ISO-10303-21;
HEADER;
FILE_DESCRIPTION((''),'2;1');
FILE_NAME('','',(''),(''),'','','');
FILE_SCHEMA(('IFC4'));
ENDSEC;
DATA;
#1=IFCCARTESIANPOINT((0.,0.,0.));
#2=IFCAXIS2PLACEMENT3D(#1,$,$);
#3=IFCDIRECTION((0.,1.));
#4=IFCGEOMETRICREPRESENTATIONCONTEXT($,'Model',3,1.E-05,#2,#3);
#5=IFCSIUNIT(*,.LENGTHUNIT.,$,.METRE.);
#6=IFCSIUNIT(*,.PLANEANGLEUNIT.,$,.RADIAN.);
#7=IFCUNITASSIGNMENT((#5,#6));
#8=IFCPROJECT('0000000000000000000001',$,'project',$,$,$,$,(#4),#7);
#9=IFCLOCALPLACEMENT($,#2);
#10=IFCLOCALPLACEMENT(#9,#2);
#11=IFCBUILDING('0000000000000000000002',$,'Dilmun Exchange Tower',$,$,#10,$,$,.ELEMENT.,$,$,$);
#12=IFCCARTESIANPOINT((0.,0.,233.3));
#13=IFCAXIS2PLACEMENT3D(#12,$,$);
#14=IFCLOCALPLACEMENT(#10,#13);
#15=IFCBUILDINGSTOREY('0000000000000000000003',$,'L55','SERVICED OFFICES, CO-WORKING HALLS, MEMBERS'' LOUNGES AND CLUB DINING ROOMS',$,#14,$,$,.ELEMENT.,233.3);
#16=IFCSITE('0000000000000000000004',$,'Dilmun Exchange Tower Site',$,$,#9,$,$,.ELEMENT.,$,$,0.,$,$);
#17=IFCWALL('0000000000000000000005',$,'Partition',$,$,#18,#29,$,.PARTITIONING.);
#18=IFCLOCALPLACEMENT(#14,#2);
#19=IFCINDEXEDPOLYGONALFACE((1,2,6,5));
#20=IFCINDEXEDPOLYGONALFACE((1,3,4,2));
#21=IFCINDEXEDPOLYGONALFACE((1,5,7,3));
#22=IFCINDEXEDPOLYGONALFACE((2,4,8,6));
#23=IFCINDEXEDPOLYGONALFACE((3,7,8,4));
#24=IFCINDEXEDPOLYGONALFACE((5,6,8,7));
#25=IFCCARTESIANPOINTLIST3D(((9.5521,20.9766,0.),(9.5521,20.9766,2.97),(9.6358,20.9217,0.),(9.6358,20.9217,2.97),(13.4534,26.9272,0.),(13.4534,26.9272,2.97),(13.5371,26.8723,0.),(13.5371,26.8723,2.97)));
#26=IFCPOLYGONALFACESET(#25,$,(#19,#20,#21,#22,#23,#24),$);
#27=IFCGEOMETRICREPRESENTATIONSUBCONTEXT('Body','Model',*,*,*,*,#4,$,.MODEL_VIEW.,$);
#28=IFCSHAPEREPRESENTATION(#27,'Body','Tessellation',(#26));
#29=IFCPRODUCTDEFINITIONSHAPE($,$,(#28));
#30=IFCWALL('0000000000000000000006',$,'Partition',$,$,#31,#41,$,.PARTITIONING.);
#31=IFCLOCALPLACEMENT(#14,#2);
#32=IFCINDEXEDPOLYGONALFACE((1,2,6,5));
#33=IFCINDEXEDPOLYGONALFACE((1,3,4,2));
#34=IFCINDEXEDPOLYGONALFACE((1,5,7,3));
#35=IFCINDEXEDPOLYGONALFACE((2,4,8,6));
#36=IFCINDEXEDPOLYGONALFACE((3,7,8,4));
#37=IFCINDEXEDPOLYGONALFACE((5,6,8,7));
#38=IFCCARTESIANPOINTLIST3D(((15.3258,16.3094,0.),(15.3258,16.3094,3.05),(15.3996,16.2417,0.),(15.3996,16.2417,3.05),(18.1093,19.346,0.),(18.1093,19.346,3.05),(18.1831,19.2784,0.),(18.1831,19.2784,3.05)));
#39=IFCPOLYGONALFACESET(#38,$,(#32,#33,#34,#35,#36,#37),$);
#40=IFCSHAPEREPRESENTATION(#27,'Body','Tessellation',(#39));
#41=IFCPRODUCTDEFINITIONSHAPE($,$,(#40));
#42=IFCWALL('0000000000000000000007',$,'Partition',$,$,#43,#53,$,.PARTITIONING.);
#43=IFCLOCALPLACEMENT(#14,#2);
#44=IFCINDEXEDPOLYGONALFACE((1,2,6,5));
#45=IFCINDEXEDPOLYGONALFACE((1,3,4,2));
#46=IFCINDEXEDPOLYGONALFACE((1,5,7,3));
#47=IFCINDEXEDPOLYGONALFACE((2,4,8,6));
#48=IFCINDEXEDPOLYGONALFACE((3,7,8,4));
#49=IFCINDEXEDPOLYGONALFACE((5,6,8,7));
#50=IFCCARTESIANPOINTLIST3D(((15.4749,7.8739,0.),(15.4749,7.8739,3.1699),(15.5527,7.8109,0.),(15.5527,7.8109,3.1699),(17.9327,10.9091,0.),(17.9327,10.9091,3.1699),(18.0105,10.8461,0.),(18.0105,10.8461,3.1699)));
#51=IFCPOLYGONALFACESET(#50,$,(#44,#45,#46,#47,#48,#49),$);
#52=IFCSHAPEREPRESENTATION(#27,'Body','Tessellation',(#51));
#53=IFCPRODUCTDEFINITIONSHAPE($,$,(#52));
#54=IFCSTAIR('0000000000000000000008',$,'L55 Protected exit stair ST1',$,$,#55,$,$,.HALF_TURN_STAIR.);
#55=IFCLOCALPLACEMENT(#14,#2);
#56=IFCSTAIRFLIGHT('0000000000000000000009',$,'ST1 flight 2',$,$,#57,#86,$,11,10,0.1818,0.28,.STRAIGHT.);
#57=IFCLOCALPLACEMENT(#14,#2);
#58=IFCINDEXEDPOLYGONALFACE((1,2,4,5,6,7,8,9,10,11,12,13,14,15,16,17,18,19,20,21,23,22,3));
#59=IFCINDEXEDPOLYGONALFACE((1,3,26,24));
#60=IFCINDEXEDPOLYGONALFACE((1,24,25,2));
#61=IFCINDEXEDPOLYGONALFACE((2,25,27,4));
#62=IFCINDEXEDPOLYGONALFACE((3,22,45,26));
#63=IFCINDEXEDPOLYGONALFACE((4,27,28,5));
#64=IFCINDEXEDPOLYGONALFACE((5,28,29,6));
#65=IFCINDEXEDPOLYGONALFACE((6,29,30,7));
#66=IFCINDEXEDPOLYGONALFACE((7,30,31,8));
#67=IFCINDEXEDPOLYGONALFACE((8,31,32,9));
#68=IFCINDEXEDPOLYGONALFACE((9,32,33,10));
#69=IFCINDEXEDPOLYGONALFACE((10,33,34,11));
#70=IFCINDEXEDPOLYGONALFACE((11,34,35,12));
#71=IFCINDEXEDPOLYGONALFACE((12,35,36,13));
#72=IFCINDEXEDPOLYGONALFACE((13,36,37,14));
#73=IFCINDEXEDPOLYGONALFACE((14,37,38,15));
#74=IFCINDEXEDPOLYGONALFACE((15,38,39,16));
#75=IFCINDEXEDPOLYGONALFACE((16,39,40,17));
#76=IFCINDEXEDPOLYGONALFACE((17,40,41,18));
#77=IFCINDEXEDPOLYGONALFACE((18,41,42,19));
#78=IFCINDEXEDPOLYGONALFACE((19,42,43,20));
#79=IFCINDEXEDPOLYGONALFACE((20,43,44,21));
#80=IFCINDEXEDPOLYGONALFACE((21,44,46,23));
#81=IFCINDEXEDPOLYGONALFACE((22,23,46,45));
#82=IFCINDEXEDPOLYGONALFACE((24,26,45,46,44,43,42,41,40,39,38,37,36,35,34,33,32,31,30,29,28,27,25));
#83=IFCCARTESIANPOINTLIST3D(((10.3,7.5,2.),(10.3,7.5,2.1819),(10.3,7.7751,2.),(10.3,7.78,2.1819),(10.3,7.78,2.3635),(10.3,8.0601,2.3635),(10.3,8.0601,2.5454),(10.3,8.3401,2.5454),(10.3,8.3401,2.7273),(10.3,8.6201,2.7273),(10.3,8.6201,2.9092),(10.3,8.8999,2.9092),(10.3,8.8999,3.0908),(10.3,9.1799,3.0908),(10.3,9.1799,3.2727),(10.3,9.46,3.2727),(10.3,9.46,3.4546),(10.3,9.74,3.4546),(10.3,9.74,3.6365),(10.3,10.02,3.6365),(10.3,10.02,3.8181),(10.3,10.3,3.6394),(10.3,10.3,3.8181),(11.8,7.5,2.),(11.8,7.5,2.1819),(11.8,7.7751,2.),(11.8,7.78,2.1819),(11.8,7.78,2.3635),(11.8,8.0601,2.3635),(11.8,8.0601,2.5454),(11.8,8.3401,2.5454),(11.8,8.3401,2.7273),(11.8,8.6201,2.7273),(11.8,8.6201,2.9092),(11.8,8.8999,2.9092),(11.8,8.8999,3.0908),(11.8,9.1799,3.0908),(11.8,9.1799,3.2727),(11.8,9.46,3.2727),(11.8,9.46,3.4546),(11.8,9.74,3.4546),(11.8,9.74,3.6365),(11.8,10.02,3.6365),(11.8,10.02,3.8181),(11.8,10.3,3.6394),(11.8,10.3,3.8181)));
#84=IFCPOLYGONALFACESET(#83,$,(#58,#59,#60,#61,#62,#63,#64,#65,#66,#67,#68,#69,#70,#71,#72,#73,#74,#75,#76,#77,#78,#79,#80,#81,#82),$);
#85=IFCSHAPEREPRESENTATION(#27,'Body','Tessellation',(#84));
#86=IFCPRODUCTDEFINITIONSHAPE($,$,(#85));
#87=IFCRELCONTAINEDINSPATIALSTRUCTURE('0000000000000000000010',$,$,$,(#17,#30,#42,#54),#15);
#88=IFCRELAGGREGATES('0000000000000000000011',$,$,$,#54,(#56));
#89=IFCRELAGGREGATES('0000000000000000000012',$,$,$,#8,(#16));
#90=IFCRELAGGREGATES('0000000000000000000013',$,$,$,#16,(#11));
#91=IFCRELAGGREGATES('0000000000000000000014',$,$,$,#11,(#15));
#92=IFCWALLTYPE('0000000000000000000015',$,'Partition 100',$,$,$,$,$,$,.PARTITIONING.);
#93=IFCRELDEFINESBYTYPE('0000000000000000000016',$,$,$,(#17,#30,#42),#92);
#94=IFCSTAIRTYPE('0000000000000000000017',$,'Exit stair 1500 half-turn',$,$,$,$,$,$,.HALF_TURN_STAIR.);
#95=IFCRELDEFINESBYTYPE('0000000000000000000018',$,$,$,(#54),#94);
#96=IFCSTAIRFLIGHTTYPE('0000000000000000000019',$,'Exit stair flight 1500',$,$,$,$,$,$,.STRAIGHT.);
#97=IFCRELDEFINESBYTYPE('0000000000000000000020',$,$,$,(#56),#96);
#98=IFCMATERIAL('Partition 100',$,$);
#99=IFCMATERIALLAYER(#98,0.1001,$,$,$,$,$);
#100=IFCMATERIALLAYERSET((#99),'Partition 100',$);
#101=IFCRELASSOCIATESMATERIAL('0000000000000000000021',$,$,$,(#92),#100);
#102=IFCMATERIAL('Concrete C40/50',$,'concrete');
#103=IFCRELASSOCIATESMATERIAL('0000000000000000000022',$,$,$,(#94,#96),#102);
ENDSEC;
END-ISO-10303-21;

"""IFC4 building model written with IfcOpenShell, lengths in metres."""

from ifc_helpers import new_model, si_unit, direction, frame, frame_2d, origin, place, context, subcontext, project, spatial, polyline, rectangle, outline, extrude, material, layer, layer_set, type_object, element, aggregate, save


model = new_model("IFC4")

# Units and contexts
model_context = context("Model", 3, precision=1e-05, world=origin(), true_north=direction((0.0, 1.0)))
body_context = subcontext(model_context, "Body", "Model", "MODEL_VIEW")
ifc_project = project(units=[si_unit("LENGTHUNIT", "METRE"), si_unit("PLANEANGLEUNIT", "RADIAN")], contexts=[model_context])

# Site, building, storey
site_placement = place(None, origin())
site = spatial("IfcSite", under=ifc_project, at=site_placement, Name="Dilmun Exchange Tower Site", CompositionType="ELEMENT", RefElevation=0.0)
building_placement = place(site_placement, origin())
building = spatial("IfcBuilding", under=site, at=building_placement, Name="Dilmun Exchange Tower", CompositionType="ELEMENT")
storey_placement = place(building_placement, frame((0.0, 0.0, 233.3)))
storey = spatial("IfcBuildingStorey", under=building, at=storey_placement, Name="L55", Description="SERVICED OFFICES, CO-WORKING HALLS, MEMBERS' LOUNGES AND CLUB DINING ROOMS", CompositionType="ELEMENT", Elevation=233.3)

# Shared definitions
ifc_material_1 = material(Name="Concrete C40/50", Category="concrete")

# Walls
ifc_material_2 = material(Name="Partition 100")
ifc_layer_1 = layer(ifc_material_2, 0.1001)
ifc_layer_set_1 = layer_set([ifc_layer_1], Name="Partition 100")
wall_type_1 = type_object("IfcWallType", Name="Partition 100", PredefinedType="PARTITIONING", material=ifc_layer_set_1)
wall_1_placement = place(storey_placement, frame((9.594, 20.9492, 0.0), z_axis=(0.0, 0.0, 1.0), x_axis=(0.548286, 0.836291, 0.0)))
element("IfcWall", 1, at=wall_1_placement, inside=storey, type_object=wall_type_1, Name="Partition", PredefinedType="PARTITIONING", context=body_context, shape_type="SweptSolid", body=[
    extrude(rectangle(XDim=7.1155, YDim=0.1001, at=frame_2d((3.5576, 0.0))), origin(), (0.0, 0.0, 1.0), 2.97),
])
wall_2_placement = place(storey_placement, frame((15.3628, 16.2756, 0.0), z_axis=(0.0, 0.0, 1.0), x_axis=(0.675709, 0.737169, 0.0)))
element("IfcWall", 2, at=wall_2_placement, inside=storey, type_object=wall_type_1, Name="Partition", PredefinedType="PARTITIONING", context=body_context, shape_type="SweptSolid", body=[
    extrude(rectangle(XDim=4.1194, YDim=0.1001, at=frame_2d((2.0596, 0.0))), origin(), (0.0, 0.0, 1.0), 3.05),
])
wall_3_placement = place(storey_placement, frame((15.5139, 7.8425, 0.0), z_axis=(0.0, 0.0, 1.0), x_axis=(0.629312, 0.777153, 0.0)))
element("IfcWall", 3, at=wall_3_placement, inside=storey, type_object=wall_type_1, Name="Partition", PredefinedType="PARTITIONING", context=body_context, shape_type="SweptSolid", body=[
    extrude(rectangle(XDim=3.9055, YDim=0.1001, at=frame_2d((1.9526, 0.0))), origin(), (0.0, 0.0, 1.0), 3.1699),
])

# Stair, stair flight
stair_type = type_object("IfcStairType", Name="Exit stair 1500 half-turn", PredefinedType="HALF_TURN_STAIR", material=ifc_material_1)
stair_placement = place(storey_placement, origin())
stair = element("IfcStair", 4, at=stair_placement, inside=storey, type_object=stair_type, Name="L55 Protected exit stair ST1", PredefinedType="HALF_TURN_STAIR")
stair_flight_type = type_object("IfcStairFlightType", Name="Exit stair flight 1500", PredefinedType="STRAIGHT", material=ifc_material_1)
stair_flight_placement = place(storey_placement, frame((11.05, 7.5, 2.0), z_axis=(0.0, 0.0, 1.0), x_axis=(0.0, 1.0, 0.0)))
stair_flight = element("IfcStairFlight", 5, at=stair_flight_placement, type_object=stair_flight_type, Name="ST1 flight 2", NumberOfRisers=11, NumberOfTreads=10, PredefinedType="STRAIGHT", RiserHeight=0.1818, TreadLength=0.28, context=body_context, shape_type="SweptSolid", body=[
    extrude(outline(polyline([(0.0, 0.0), (0.0, 0.1819), (0.28, 0.1819), (0.28, 0.3635), (0.5601, 0.3635), (0.5601, 0.5454), (0.8401, 0.5454), (0.8401, 0.7273), (1.1201, 0.7273), (1.1201, 0.9092), (1.3999, 0.9092), (1.3999, 1.0908), (1.6799, 1.0908), (1.6799, 1.2727), (1.96, 1.2727), (1.96, 1.4546), (2.24, 1.4546), (2.24, 1.6365), (2.52, 1.6365), (2.52, 1.8181), (2.8, 1.8181), (2.8, 2.0), (2.8, 1.6394), (0.2751, 0.0), (0.0, 0.0)])), frame((0.0, 0.75, 0.0), z_axis=(0.0, -1.0, 0.0), x_axis=(1.0, 0.0, 0.0)), (0.0, 0.0, 1.0), 1.5),
])
aggregate(stair, [stair_flight])

save(model, "model.ifc")
